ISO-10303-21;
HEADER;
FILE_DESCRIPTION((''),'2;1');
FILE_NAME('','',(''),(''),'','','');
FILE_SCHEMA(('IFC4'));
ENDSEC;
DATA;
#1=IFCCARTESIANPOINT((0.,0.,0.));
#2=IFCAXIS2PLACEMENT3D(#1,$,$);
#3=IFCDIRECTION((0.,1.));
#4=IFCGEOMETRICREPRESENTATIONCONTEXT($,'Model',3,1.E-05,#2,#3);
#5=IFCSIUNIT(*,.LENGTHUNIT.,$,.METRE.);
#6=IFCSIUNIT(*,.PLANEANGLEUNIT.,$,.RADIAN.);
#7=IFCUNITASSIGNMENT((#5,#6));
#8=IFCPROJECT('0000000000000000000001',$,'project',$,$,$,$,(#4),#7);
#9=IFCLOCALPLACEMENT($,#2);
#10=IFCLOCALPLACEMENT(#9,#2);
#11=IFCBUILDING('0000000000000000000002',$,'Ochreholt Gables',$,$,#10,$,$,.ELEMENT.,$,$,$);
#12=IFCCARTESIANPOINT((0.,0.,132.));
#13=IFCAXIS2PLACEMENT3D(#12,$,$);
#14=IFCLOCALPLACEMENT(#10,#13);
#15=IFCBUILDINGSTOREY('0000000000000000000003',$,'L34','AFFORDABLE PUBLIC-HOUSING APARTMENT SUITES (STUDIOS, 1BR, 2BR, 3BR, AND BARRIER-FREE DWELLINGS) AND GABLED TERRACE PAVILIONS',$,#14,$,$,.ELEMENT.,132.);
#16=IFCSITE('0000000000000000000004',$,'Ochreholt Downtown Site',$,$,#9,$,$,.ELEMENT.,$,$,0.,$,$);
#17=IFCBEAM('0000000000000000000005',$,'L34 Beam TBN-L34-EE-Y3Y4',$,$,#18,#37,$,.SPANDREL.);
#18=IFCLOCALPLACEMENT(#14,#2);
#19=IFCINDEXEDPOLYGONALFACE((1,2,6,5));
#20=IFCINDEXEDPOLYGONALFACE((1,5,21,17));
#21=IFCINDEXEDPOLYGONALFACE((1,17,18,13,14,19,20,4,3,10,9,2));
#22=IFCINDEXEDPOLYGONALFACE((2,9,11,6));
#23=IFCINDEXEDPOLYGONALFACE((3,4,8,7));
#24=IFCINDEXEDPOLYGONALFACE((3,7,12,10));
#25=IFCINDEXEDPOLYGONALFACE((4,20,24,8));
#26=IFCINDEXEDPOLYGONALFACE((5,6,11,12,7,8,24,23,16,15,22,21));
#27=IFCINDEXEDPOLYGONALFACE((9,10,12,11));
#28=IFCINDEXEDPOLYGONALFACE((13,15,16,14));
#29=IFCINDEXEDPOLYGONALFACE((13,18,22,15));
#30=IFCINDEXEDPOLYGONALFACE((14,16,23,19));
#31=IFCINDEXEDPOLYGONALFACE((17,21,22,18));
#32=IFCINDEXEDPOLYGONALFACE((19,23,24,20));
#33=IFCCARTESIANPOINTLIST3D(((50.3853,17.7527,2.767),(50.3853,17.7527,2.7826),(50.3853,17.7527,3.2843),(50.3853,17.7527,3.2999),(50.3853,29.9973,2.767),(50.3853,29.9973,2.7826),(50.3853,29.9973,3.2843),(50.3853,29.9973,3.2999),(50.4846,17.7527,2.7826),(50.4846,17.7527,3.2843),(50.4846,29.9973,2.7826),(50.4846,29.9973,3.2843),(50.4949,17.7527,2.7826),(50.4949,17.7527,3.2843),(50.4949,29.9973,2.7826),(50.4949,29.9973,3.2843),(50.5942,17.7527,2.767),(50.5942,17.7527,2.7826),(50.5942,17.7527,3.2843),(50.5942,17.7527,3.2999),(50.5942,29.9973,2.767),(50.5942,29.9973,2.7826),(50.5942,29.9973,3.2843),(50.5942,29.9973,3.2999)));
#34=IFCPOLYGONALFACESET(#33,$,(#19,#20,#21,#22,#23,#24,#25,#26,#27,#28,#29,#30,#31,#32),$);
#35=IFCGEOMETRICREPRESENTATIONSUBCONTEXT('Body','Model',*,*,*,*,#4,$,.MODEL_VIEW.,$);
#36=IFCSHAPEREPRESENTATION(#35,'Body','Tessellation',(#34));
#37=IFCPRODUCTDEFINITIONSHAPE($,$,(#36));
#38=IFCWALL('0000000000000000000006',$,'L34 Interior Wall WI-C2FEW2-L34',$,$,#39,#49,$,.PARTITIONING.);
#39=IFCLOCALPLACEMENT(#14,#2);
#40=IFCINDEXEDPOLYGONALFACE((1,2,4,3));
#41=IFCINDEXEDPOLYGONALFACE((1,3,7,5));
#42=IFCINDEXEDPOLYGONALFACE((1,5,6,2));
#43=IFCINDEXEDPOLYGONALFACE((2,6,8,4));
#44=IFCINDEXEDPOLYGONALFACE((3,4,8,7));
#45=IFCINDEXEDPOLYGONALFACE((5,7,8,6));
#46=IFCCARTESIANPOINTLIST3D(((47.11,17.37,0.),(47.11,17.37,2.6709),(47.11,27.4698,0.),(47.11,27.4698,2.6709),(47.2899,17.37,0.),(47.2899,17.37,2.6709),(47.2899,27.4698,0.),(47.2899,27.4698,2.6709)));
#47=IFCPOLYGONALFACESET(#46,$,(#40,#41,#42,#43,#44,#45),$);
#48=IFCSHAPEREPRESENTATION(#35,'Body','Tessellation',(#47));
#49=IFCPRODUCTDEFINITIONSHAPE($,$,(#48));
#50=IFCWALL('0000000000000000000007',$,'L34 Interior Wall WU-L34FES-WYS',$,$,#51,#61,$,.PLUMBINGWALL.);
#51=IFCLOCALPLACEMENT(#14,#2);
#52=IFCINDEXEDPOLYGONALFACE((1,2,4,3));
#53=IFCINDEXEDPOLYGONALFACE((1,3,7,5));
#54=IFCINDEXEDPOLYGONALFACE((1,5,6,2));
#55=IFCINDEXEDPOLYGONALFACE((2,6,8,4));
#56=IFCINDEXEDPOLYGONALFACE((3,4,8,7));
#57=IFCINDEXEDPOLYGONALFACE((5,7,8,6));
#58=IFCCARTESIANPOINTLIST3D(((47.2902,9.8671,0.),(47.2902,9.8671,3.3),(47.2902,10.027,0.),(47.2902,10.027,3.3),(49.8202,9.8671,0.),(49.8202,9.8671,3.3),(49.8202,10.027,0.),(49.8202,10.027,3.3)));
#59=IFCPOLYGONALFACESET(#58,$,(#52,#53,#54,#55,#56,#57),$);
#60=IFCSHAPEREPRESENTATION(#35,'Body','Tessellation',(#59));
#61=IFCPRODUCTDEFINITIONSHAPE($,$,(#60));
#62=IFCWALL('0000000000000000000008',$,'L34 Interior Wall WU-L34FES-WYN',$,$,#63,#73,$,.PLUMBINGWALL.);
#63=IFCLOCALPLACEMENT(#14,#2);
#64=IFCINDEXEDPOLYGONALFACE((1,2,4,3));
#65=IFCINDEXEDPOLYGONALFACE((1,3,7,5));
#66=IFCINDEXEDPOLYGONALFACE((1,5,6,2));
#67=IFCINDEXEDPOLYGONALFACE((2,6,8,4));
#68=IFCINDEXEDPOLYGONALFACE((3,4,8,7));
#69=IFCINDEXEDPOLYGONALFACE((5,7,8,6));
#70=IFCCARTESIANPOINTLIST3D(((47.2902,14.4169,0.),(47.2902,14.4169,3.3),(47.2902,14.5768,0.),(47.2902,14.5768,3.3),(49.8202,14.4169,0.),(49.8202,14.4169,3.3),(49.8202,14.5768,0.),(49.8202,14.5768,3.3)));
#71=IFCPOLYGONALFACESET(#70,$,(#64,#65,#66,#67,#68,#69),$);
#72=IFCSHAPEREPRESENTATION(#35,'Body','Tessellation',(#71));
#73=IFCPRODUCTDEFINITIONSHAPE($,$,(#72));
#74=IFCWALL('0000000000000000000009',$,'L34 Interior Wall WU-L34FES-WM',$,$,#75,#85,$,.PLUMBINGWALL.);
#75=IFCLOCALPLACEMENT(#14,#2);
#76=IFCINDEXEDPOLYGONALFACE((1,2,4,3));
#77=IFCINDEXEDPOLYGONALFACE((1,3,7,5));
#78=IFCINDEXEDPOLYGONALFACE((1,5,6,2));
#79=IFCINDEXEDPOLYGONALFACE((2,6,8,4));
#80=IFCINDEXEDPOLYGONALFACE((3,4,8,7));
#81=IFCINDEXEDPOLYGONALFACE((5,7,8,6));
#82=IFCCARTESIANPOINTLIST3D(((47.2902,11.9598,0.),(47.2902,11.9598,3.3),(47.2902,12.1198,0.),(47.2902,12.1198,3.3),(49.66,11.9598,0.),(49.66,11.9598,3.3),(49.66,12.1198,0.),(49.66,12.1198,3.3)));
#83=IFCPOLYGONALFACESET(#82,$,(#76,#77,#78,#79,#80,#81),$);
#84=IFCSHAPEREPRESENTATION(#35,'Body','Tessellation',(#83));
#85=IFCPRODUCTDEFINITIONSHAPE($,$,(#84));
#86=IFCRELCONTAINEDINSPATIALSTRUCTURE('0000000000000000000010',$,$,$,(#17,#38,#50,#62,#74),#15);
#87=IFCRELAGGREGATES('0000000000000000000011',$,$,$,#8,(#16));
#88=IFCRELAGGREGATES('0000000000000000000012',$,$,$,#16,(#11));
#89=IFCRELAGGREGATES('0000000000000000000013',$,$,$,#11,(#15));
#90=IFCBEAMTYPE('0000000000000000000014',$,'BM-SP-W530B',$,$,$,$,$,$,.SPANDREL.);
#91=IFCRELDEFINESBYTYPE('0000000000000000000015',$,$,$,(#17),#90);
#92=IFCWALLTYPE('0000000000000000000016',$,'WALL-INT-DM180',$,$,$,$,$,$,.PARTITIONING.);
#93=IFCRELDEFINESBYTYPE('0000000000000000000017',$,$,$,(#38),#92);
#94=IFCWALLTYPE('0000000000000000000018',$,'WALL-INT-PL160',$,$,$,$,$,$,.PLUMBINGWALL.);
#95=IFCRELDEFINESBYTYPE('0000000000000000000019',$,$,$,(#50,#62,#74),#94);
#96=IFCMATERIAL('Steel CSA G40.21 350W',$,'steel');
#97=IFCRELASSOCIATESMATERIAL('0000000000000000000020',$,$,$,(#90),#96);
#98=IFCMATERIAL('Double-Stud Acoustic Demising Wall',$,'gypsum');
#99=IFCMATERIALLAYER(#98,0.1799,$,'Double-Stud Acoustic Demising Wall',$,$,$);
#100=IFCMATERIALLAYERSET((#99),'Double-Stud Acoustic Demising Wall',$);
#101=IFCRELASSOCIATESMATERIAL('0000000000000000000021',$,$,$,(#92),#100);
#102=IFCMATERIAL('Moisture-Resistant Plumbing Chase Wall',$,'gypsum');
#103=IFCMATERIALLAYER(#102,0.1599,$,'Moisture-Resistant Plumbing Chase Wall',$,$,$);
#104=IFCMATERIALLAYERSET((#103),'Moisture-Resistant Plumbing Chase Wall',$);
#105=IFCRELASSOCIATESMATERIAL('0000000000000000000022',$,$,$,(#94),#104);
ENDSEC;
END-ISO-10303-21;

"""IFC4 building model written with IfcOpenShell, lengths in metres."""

from ifc_helpers import new_model, si_unit, direction, frame, frame_2d, origin, origin_2d, place, context, subcontext, project, spatial, rectangle, i_section, extrude, material, layer, layer_set, material_profile, profile_set, type_object, element, save


model = new_model("IFC4")

# Units and contexts
model_context = context("Model", 3, precision=1e-05, world=origin(), true_north=direction((0.0, 1.0)))
body_context = subcontext(model_context, "Body", "Model", "MODEL_VIEW")
ifc_project = project(units=[si_unit("LENGTHUNIT", "METRE"), si_unit("PLANEANGLEUNIT", "RADIAN")], contexts=[model_context])

# Site, building, storey
site_placement = place(None, origin())
site = spatial("IfcSite", under=ifc_project, at=site_placement, Name="Ochreholt Downtown Site", CompositionType="ELEMENT", RefElevation=0.0)
building_placement = place(site_placement, origin())
building = spatial("IfcBuilding", under=site, at=building_placement, Name="Ochreholt Gables", CompositionType="ELEMENT")
storey_placement = place(building_placement, frame((0.0, 0.0, 132.0)))
storey = spatial("IfcBuildingStorey", under=building, at=storey_placement, Name="L34", Description="AFFORDABLE PUBLIC-HOUSING APARTMENT SUITES (STUDIOS, 1BR, 2BR, 3BR, AND BARRIER-FREE DWELLINGS) AND GABLED TERRACE PAVILIONS", CompositionType="ELEMENT", Elevation=132.0)

# Shared definitions
ifc_material_1 = material(Name="Steel CSA G40.21 350W", Category="steel")

# Beam
ifc_material_profile_1 = material_profile(ifc_material_1, i_section(OverallWidth=0.209, OverallDepth=0.533, WebThickness=0.0103, FlangeThickness=0.0156, at=origin_2d()), Name="W530X92")
ifc_profile_set_1 = profile_set([ifc_material_profile_1], Name="Steel CSA G40.21 350W")
beam_type_1 = type_object("IfcBeamType", Name="BM-SP-W530B", PredefinedType="SPANDREL", material=ifc_profile_set_1)
beam_1_placement = place(storey_placement, frame((50.4897, 17.7527, 3.0334), z_axis=(0.0, 1.0, 0.0), x_axis=(-1.0, 0.0, 0.0)))
element("IfcBeam", 1, at=beam_1_placement, inside=storey, type_object=beam_type_1, Name="L34 Beam TBN-L34-EE-Y3Y4", PredefinedType="SPANDREL", context=body_context, shape_type="SweptSolid", body=[
    extrude(i_section(OverallWidth=0.209, OverallDepth=0.533, WebThickness=0.0103, FlangeThickness=0.0156, at=origin_2d()), origin(), (0.0, 0.0, 1.0), 12.2446),
])

# Walls
ifc_material_2 = material(Name="Double-Stud Acoustic Demising Wall", Category="gypsum")
ifc_layer_1 = layer(ifc_material_2, 0.1799, Name="Double-Stud Acoustic Demising Wall")
ifc_layer_set_1 = layer_set([ifc_layer_1], Name="Double-Stud Acoustic Demising Wall")
wall_type_1 = type_object("IfcWallType", Name="WALL-INT-DM180", PredefinedType="PARTITIONING", material=ifc_layer_set_1)
wall_1_placement = place(storey_placement, frame((47.2, 17.3701, 0.0), z_axis=(0.0, 0.0, 1.0), x_axis=(0.0, 1.0, 0.0)))
element("IfcWall", 2, at=wall_1_placement, inside=storey, type_object=wall_type_1, Name="L34 Interior Wall WI-C2FEW2-L34", PredefinedType="PARTITIONING", context=body_context, shape_type="SweptSolid", body=[
    extrude(rectangle(XDim=10.0999, YDim=0.1799, at=frame_2d((5.0498, 0.0))), origin(), (0.0, 0.0, 1.0), 2.6709),
])
ifc_material_3 = material(Name="Moisture-Resistant Plumbing Chase Wall", Category="gypsum")
ifc_layer_2 = layer(ifc_material_3, 0.1599, Name="Moisture-Resistant Plumbing Chase Wall")
ifc_layer_set_2 = layer_set([ifc_layer_2], Name="Moisture-Resistant Plumbing Chase Wall")
wall_type_2 = type_object("IfcWallType", Name="WALL-INT-PL160", PredefinedType="PLUMBINGWALL", material=ifc_layer_set_2)
for number, where, z_axis, x_axis, name in (
    (3, (47.29, 9.947, 0.0), (0.0, 0.0, 1.0), (1.0, 0.0, 0.0), "L34 Interior Wall WU-L34FES-WYS"),
    (4, (47.29, 14.4968, 0.0), (0.0, 0.0, 1.0), (1.0, 0.0, 0.0), "L34 Interior Wall WU-L34FES-WYN"),
):
    element("IfcWall", number, at=place(storey_placement, frame(where, z_axis=z_axis, x_axis=x_axis)), inside=storey, type_object=wall_type_2, Name=name, PredefinedType="PLUMBINGWALL", context=body_context, shape_type="SweptSolid", body=[
        extrude(rectangle(XDim=2.53, YDim=0.1599, at=frame_2d((1.2651, 0.0))), origin(), (0.0, 0.0, 1.0), 3.3),
    ])

# Wall
wall_2_placement = place(storey_placement, frame((47.29, 12.0398, 0.0), z_axis=(0.0, 0.0, 1.0), x_axis=(1.0, 0.0, 0.0)))
element("IfcWall", 5, at=wall_2_placement, inside=storey, type_object=wall_type_2, Name="L34 Interior Wall WU-L34FES-WM", PredefinedType="PLUMBINGWALL", context=body_context, shape_type="SweptSolid", body=[
    extrude(rectangle(XDim=2.3699, YDim=0.1599, at=frame_2d((1.1851, 0.0))), origin(), (0.0, 0.0, 1.0), 3.3),
])

save(model, "model.ifc")
